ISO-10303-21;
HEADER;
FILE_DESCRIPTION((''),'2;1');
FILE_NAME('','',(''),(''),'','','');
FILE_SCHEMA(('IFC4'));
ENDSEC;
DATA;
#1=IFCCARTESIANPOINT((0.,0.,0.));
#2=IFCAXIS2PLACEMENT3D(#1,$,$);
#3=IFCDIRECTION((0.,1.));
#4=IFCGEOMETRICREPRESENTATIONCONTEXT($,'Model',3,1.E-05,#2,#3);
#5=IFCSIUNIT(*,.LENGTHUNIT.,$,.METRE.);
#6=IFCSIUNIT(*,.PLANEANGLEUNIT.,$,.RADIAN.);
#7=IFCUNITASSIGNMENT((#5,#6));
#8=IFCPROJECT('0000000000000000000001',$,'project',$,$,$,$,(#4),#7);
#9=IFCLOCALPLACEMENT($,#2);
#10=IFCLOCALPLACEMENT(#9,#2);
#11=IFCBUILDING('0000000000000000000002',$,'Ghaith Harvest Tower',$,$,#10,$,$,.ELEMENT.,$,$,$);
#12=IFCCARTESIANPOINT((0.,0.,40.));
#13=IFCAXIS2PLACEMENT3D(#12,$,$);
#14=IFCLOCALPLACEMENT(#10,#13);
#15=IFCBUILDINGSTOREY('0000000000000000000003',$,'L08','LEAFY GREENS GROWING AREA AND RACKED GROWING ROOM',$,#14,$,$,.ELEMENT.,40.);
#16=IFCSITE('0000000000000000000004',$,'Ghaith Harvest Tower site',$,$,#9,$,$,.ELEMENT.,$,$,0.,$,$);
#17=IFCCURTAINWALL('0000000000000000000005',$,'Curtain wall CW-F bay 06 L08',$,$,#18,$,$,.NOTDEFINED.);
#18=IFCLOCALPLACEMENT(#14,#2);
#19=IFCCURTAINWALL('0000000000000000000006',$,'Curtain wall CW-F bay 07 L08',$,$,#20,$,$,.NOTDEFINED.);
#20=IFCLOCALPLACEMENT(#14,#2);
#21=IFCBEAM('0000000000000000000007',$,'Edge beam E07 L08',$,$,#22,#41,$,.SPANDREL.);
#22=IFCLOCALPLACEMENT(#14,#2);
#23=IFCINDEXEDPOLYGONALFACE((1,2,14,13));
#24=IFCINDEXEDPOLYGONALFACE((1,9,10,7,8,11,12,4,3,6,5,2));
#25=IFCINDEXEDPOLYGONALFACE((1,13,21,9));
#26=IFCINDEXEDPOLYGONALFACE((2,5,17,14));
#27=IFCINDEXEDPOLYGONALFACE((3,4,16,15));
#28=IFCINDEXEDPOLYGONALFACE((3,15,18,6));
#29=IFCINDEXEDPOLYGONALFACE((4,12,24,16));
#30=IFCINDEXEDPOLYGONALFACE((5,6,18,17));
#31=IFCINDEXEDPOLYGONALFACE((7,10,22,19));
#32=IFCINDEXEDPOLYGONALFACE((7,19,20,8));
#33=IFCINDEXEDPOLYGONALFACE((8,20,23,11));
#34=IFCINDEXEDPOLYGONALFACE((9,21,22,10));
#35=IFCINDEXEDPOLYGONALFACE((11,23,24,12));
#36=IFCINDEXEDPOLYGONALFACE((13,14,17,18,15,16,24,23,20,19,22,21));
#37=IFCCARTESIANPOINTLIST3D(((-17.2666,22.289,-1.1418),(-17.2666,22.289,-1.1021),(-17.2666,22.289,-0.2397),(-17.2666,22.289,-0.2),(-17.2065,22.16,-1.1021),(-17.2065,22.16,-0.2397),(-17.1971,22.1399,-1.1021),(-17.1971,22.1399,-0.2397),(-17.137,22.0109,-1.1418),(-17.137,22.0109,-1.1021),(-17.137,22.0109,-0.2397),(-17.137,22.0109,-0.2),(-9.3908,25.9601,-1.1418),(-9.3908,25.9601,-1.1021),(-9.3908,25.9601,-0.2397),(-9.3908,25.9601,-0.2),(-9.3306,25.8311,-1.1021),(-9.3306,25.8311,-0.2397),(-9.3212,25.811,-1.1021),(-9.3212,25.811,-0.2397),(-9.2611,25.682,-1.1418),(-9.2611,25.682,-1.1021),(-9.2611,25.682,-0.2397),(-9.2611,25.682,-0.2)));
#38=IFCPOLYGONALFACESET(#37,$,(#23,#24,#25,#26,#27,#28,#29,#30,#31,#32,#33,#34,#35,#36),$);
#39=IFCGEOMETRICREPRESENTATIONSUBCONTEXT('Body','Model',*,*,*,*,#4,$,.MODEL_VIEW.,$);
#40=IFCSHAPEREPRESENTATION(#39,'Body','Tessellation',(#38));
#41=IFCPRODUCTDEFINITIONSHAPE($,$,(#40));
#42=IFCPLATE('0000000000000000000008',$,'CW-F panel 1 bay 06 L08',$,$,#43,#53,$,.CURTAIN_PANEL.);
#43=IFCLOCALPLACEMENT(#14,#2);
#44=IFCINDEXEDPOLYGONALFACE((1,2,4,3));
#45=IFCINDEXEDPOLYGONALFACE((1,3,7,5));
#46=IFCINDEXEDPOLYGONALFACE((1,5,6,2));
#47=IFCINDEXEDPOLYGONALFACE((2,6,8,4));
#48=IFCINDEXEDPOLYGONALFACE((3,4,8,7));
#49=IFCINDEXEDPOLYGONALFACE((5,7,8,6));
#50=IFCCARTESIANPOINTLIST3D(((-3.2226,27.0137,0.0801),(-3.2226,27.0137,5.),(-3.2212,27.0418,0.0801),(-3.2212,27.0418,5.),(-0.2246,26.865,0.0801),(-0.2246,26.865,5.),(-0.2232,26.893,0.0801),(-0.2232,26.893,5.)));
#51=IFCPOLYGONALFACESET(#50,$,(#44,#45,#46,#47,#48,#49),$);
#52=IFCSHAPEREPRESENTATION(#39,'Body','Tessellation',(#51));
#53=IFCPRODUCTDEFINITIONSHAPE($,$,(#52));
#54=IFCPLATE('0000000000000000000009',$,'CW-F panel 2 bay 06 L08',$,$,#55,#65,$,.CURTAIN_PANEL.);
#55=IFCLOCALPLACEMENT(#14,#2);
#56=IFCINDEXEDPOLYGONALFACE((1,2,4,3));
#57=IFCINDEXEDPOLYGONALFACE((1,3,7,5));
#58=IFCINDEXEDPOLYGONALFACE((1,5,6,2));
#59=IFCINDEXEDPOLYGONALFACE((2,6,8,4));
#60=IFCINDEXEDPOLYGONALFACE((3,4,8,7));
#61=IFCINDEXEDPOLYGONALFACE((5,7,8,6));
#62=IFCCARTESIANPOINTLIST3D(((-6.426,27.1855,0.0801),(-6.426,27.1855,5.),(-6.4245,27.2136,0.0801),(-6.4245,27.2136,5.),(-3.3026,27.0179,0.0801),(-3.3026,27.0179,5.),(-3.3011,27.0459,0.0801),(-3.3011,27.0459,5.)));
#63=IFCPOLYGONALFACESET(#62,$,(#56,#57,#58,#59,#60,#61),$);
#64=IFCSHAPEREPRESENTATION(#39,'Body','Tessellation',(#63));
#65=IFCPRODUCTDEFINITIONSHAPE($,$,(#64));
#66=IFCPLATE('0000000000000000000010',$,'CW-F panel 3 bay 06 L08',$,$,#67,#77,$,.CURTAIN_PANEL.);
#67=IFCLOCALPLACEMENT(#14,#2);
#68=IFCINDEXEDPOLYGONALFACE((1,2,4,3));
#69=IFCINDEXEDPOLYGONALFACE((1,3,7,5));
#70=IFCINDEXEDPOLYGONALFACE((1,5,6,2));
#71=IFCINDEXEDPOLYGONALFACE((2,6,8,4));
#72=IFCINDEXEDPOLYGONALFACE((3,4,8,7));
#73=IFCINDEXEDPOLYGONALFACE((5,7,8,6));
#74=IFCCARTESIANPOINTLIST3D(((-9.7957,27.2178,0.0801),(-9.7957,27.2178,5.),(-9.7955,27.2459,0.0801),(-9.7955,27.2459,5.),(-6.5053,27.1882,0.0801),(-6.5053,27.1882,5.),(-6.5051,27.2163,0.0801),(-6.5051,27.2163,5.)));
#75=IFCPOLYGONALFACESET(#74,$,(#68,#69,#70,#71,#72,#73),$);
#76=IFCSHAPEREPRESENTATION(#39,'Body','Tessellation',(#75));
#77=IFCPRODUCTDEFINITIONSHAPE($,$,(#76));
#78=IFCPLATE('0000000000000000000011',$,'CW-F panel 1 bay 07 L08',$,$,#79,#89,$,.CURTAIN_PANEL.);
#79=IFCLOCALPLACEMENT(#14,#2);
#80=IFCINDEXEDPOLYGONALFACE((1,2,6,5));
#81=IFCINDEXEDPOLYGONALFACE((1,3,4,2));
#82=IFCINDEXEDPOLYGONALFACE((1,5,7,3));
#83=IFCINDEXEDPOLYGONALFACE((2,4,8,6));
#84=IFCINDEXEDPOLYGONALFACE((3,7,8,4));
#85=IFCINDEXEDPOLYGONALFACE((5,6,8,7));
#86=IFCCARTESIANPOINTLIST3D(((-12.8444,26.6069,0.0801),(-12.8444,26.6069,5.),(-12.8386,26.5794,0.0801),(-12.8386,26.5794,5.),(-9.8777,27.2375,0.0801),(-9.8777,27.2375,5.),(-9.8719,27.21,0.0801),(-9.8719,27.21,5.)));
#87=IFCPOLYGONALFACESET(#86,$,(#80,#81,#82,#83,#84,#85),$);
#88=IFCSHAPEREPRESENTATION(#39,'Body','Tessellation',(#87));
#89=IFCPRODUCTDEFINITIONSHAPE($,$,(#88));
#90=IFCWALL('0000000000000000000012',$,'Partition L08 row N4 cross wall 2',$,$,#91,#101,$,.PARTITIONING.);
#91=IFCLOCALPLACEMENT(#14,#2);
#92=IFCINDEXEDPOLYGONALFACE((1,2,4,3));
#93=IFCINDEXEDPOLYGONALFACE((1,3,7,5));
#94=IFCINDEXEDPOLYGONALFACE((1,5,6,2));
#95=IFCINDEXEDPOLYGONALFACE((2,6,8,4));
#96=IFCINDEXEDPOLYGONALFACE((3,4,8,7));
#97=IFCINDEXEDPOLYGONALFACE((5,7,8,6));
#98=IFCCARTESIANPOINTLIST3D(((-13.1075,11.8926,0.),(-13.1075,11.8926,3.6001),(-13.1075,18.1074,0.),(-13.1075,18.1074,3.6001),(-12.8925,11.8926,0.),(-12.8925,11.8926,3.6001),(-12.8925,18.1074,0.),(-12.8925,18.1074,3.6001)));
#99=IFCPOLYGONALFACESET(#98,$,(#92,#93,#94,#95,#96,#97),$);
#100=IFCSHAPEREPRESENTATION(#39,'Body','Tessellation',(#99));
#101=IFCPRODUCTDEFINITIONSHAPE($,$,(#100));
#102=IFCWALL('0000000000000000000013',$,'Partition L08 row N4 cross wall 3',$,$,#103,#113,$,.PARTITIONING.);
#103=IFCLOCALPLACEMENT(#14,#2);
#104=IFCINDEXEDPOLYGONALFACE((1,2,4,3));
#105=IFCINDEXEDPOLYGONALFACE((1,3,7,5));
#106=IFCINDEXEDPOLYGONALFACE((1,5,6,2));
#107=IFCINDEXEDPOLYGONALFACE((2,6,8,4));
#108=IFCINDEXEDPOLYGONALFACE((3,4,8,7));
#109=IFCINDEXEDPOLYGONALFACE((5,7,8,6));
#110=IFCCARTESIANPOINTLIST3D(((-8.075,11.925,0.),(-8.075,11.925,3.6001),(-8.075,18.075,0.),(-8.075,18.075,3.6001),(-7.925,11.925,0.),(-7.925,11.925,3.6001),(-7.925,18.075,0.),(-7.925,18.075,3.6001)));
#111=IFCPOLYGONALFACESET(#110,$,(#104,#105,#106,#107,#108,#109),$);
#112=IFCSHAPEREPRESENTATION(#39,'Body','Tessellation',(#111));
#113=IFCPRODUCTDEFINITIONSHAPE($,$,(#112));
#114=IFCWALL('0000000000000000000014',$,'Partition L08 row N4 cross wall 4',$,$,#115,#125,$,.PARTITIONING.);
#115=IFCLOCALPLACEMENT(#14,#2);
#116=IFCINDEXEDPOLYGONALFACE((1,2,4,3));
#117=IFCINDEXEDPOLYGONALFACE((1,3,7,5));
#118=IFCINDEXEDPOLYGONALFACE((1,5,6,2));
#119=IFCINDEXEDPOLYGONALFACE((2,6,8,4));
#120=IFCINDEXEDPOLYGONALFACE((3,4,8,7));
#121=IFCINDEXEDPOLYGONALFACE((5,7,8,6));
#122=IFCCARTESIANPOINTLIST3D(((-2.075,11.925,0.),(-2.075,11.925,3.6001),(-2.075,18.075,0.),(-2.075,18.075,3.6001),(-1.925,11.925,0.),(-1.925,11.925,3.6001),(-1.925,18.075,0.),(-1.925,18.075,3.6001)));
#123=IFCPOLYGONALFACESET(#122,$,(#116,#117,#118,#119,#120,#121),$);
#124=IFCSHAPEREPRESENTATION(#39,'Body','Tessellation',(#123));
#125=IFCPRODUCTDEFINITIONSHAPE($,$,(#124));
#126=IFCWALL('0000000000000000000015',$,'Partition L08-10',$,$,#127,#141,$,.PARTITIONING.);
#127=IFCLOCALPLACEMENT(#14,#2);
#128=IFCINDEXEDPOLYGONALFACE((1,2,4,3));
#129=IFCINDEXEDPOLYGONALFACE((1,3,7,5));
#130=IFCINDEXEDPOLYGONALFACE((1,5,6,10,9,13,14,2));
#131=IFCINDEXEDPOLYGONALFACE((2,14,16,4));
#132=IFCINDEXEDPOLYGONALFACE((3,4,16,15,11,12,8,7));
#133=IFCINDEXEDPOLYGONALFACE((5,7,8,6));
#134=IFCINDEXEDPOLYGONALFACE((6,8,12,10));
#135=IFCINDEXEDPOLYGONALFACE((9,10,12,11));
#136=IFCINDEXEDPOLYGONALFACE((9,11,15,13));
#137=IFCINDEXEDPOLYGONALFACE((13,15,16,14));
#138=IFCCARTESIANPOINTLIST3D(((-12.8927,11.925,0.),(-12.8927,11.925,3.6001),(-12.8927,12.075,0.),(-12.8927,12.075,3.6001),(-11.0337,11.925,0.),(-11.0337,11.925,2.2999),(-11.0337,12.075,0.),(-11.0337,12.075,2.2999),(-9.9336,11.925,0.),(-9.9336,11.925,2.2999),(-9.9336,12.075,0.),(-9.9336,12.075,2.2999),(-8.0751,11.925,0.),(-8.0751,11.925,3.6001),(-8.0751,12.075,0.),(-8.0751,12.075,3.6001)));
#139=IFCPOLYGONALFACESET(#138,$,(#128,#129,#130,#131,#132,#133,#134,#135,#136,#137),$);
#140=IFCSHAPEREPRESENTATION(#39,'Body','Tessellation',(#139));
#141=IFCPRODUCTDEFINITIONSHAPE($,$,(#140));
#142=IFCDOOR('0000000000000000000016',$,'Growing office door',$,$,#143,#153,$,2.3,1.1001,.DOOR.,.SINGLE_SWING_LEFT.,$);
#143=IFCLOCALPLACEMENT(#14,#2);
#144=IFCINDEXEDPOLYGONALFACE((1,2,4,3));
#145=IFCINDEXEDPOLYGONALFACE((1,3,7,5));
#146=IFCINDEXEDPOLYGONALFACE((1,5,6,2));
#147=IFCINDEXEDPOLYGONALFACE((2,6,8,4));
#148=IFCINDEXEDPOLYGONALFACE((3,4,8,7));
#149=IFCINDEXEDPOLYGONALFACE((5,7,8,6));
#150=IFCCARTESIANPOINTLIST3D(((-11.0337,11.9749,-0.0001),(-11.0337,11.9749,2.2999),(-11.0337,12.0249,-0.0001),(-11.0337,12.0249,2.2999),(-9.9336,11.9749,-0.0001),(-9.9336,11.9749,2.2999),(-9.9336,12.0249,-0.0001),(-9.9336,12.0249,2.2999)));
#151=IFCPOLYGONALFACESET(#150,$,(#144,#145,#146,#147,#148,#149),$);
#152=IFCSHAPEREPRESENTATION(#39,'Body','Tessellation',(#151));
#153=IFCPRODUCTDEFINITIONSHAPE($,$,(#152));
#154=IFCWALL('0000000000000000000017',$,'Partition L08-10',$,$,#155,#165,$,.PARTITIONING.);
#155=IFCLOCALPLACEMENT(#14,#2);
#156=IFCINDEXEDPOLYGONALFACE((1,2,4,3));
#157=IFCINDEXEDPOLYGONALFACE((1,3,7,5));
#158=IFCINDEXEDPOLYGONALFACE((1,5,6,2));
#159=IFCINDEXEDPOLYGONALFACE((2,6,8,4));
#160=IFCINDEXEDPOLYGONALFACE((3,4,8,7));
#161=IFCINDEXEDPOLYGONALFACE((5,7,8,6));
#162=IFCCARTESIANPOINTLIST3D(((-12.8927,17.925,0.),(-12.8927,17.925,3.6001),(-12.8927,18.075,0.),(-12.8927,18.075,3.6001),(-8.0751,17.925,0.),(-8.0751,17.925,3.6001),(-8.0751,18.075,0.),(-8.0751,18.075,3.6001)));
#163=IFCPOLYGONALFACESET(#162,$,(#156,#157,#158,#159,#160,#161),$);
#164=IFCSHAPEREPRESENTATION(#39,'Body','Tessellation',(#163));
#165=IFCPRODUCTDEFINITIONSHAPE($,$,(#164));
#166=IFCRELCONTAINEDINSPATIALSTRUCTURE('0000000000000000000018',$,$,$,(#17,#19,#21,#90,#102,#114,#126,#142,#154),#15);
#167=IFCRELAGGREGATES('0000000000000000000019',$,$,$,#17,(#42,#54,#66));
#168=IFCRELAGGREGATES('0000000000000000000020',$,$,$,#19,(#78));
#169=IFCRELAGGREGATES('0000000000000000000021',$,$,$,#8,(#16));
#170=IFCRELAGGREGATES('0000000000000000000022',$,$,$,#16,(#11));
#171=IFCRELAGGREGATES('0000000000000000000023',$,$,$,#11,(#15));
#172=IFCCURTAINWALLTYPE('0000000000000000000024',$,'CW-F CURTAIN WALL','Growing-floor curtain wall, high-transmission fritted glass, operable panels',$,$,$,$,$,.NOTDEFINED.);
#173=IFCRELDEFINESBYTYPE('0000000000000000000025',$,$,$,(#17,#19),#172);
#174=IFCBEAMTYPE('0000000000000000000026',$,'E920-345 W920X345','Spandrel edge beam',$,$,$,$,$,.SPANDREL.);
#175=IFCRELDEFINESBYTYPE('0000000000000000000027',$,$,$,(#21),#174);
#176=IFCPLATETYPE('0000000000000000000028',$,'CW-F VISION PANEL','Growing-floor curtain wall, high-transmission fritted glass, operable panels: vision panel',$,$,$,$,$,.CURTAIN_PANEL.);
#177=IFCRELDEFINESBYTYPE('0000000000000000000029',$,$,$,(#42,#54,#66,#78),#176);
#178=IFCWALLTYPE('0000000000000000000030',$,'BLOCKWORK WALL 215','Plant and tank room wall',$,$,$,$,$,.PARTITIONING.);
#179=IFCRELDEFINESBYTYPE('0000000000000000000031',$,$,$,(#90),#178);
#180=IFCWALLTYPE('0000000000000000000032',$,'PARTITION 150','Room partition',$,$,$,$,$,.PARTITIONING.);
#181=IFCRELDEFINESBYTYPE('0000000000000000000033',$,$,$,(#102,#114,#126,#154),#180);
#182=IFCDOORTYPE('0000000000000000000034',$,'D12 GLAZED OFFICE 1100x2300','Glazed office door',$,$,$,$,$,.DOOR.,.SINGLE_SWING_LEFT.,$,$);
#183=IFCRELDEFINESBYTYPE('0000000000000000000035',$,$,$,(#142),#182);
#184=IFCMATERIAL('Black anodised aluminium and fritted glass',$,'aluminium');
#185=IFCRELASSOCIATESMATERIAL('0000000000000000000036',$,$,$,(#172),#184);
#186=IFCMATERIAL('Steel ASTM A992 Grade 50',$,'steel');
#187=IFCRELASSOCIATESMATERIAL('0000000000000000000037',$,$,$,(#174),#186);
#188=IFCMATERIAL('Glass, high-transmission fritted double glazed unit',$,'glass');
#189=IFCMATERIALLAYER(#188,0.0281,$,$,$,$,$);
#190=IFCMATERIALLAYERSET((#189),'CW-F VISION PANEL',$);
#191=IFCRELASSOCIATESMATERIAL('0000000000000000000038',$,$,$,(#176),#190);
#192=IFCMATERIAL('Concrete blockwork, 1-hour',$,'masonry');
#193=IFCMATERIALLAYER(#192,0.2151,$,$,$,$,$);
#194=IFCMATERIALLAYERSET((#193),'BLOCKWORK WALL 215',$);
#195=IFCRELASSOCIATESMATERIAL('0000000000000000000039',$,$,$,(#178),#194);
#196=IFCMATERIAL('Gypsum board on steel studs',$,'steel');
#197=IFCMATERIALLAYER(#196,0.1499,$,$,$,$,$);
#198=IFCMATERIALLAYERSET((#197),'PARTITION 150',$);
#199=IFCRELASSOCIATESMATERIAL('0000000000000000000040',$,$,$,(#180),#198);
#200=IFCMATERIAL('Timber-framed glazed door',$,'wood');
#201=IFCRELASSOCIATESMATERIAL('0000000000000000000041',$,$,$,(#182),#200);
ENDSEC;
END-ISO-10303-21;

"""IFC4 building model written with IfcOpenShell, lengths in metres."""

from ifc_helpers import new_model, si_unit, direction, frame, frame_2d, origin, origin_2d, place, context, subcontext, project, spatial, rectangle, i_section, extrude, material, layer, layer_set, material_profile, profile_set, type_object, element, fill, aggregate, save


model = new_model("IFC4")

# Units and contexts
model_context = context("Model", 3, precision=1e-05, world=origin(), true_north=direction((0.0, 1.0)))
body_context = subcontext(model_context, "Body", "Model", "MODEL_VIEW")
ifc_project = project(units=[si_unit("LENGTHUNIT", "METRE"), si_unit("PLANEANGLEUNIT", "RADIAN")], contexts=[model_context])

# Site, building, storey
site_placement = place(None, origin())
site = spatial("IfcSite", under=ifc_project, at=site_placement, Name="Ghaith Harvest Tower site", CompositionType="ELEMENT", RefElevation=0.0)
building_placement = place(site_placement, origin())
building = spatial("IfcBuilding", under=site, at=building_placement, Name="Ghaith Harvest Tower", CompositionType="ELEMENT")
storey_placement = place(building_placement, frame((0.0, 0.0, 40.0)))
storey = spatial("IfcBuildingStorey", under=building, at=storey_placement, Name="L08", Description="LEAFY GREENS GROWING AREA AND RACKED GROWING ROOM", CompositionType="ELEMENT", Elevation=40.0)

# Curtain walls
ifc_material_1 = material(Name="Black anodised aluminium and fritted glass", Category="aluminium")
curtain_wall_type = type_object("IfcCurtainWallType", Name="CW-F CURTAIN WALL", Description="Growing-floor curtain wall, high-transmission fritted glass, operable panels", PredefinedType="NOTDEFINED", material=ifc_material_1)
curtain_wall_1_placement = place(storey_placement, origin())
curtain_wall_1 = element("IfcCurtainWall", 1, at=curtain_wall_1_placement, inside=storey, type_object=curtain_wall_type, Name="Curtain wall CW-F bay 06 L08", PredefinedType="NOTDEFINED")
curtain_wall_2_placement = place(storey_placement, origin())
curtain_wall_2 = element("IfcCurtainWall", 2, at=curtain_wall_2_placement, inside=storey, type_object=curtain_wall_type, Name="Curtain wall CW-F bay 07 L08", PredefinedType="NOTDEFINED")

# Beam
ifc_material_2 = material(Name="Steel ASTM A992 Grade 50", Category="steel")
ifc_material_profile_1 = material_profile(ifc_material_2, i_section(OverallWidth=0.3069, OverallDepth=0.9419, WebThickness=0.0222, FlangeThickness=0.0398, at=origin_2d()), Name="W920X345")
ifc_profile_set_1 = profile_set([ifc_material_profile_1], Name="Steel ASTM A992 Grade 50")
beam_type = type_object("IfcBeamType", Name="E920-345 W920X345", Description="Spandrel edge beam", PredefinedType="SPANDREL", material=ifc_profile_set_1)
beam_1_placement = place(storey_placement, frame((-9.3259, 25.821, -0.6709), z_axis=(-0.906373, -0.422478, 0.0), x_axis=(0.422478, -0.906373, 0.0)))
element("IfcBeam", 3, at=beam_1_placement, inside=storey, type_object=beam_type, Name="Edge beam E07 L08", PredefinedType="SPANDREL", context=body_context, shape_type="SweptSolid", body=[
    extrude(i_section(OverallWidth=0.3069, OverallDepth=0.9419, WebThickness=0.0222, FlangeThickness=0.0398, at=origin_2d()), origin(), (0.0, 0.0, 1.0), 8.6895),
])

# Plates
ifc_material_3 = material(Name="Glass, high-transmission fritted double glazed unit", Category="glass")
ifc_layer_1 = layer(ifc_material_3, 0.0281)
ifc_layer_set_1 = layer_set([ifc_layer_1], Name="CW-F VISION PANEL")
plate_type = type_object("IfcPlateType", Name="CW-F VISION PANEL", Description="Growing-floor curtain wall, high-transmission fritted glass, operable panels: vision panel", PredefinedType="CURTAIN_PANEL", material=ifc_layer_set_1)
plate_1_placement = place(storey_placement, frame((-1.7229, 26.9534, 0.0801), z_axis=(0.0, 0.0, 1.0), x_axis=(-0.998771, 0.049554, 0.0)))
plate_1 = element("IfcPlate", 4, at=plate_1_placement, type_object=plate_type, Name="CW-F panel 1 bay 06 L08", PredefinedType="CURTAIN_PANEL", context=body_context, shape_type="SweptSolid", body=[
    extrude(rectangle(XDim=3.0017, YDim=0.0281, at=origin_2d()), origin(), (0.0, 0.0, 1.0), 4.9199),
])
plate_2_placement = place(storey_placement, frame((-4.8635, 27.1157, 0.0801), z_axis=(0.0, 0.0, 1.0), x_axis=(-0.998563, 0.0536, 0.0)))
plate_2 = element("IfcPlate", 5, at=plate_2_placement, type_object=plate_type, Name="CW-F panel 2 bay 06 L08", PredefinedType="CURTAIN_PANEL", context=body_context, shape_type="SweptSolid", body=[
    extrude(rectangle(XDim=3.1279, YDim=0.0281, at=origin_2d()), origin(), (0.0, 0.0, 1.0), 4.9199),
])
plate_3_placement = place(storey_placement, frame((-8.1504, 27.217, 0.0801), z_axis=(0.0, 0.0, 1.0), x_axis=(-0.99996, 0.008988, 0.0)))
plate_3 = element("IfcPlate", 6, at=plate_3_placement, type_object=plate_type, Name="CW-F panel 3 bay 06 L08", PredefinedType="CURTAIN_PANEL", context=body_context, shape_type="SweptSolid", body=[
    extrude(rectangle(XDim=3.2905, YDim=0.0281, at=origin_2d()), origin(), (0.0, 0.0, 1.0), 4.9199),
])
aggregate(curtain_wall_1, [plate_1, plate_2, plate_3])
plate_4_placement = place(storey_placement, frame((-11.3582, 26.9084, 0.0801), z_axis=(0.0, 0.0, 1.0), x_axis=(-0.978149, -0.207904, 0.0)))
plate_4 = element("IfcPlate", 7, at=plate_4_placement, type_object=plate_type, Name="CW-F panel 1 bay 07 L08", PredefinedType="CURTAIN_PANEL", context=body_context, shape_type="SweptSolid", body=[
    extrude(rectangle(XDim=3.033, YDim=0.0281, at=origin_2d()), origin(), (0.0, 0.0, 1.0), 4.9199),
])
aggregate(curtain_wall_2, [plate_4])

# Walls
ifc_material_4 = material(Name="Concrete blockwork, 1-hour", Category="masonry")
ifc_layer_2 = layer(ifc_material_4, 0.2151)
ifc_layer_set_2 = layer_set([ifc_layer_2], Name="BLOCKWORK WALL 215")
wall_type_1 = type_object("IfcWallType", Name="BLOCKWORK WALL 215", Description="Plant and tank room wall", PredefinedType="PARTITIONING", material=ifc_layer_set_2)
wall_1_placement = place(storey_placement, frame((-13.0, 11.8926, 0.0), z_axis=(0.0, 0.0, 1.0), x_axis=(0.0, 1.0, 0.0)))
element("IfcWall", 8, at=wall_1_placement, inside=storey, type_object=wall_type_1, Name="Partition L08 row N4 cross wall 2", PredefinedType="PARTITIONING", context=body_context, shape_type="SweptSolid", body=[
    extrude(rectangle(XDim=6.2148, YDim=0.2151, at=frame_2d((3.1074, 0.0))), origin(), (0.0, 0.0, 1.0), 3.6001),
])
ifc_material_5 = material(Name="Gypsum board on steel studs", Category="steel")
ifc_layer_3 = layer(ifc_material_5, 0.1499)
ifc_layer_set_3 = layer_set([ifc_layer_3], Name="PARTITION 150")
wall_type_2 = type_object("IfcWallType", Name="PARTITION 150", Description="Room partition", PredefinedType="PARTITIONING", material=ifc_layer_set_3)
for number, where, z_axis, x_axis, name in (
    (9, (-8.0, 11.925, 0.0), (0.0, 0.0, 1.0), (0.0, 1.0, 0.0), "Partition L08 row N4 cross wall 3"),
    (10, (-2.0, 11.925, 0.0), (0.0, 0.0, 1.0), (0.0, 1.0, 0.0), "Partition L08 row N4 cross wall 4"),
):
    element("IfcWall", number, at=place(storey_placement, frame(where, z_axis=z_axis, x_axis=x_axis)), inside=storey, type_object=wall_type_2, Name=name, PredefinedType="PARTITIONING", context=body_context, shape_type="SweptSolid", body=[
        extrude(rectangle(XDim=6.1499, YDim=0.1499, at=frame_2d((3.075, 0.0))), origin(), (0.0, 0.0, 1.0), 3.6001),
    ])

# Wall, opening, door
wall_2_placement = place(storey_placement, frame((-12.8926, 12.0, 0.0), z_axis=(0.0, 0.0, 1.0), x_axis=(1.0, 0.0, 0.0)))
wall_2 = element("IfcWall", 11, at=wall_2_placement, inside=storey, type_object=wall_type_2, Name="Partition L08-10", PredefinedType="PARTITIONING", context=body_context, shape_type="SweptSolid", body=[
    extrude(rectangle(XDim=4.8176, YDim=0.1499, at=frame_2d((2.4087, 0.0))), origin(), (0.0, 0.0, 1.0), 3.6001),
])
opening_1_placement = place(wall_2_placement, frame((1.8589, 0.0, 0.0)))
opening_1 = element("IfcOpeningElement", 12, at=opening_1_placement, cuts=wall_2, PredefinedType="OPENING", context=body_context, shape_type="SweptSolid", body=[
    extrude(rectangle(XDim=1.1001, YDim=2.3, at=frame_2d((0.55, 1.1499))), frame((0.0, 0.085, 0.0), z_axis=(0.0, -1.0, 0.0), x_axis=(1.0, 0.0, 0.0)), (0.0, 0.0, 1.0), 0.1699),
])
ifc_material_6 = material(Name="Timber-framed glazed door", Category="wood")
door_type_1 = type_object("IfcDoorType", Name="D12 GLAZED OFFICE 1100x2300", Description="Glazed office door", OperationType="SINGLE_SWING_LEFT", PredefinedType="DOOR", material=ifc_material_6)
door_1_placement = place(opening_1_placement, origin())
door_1 = element("IfcDoor", 13, at=door_1_placement, inside=storey, type_object=door_type_1, Name="Growing office door", OperationType="SINGLE_SWING_LEFT", OverallHeight=2.3, OverallWidth=1.1001, PredefinedType="DOOR", context=body_context, shape_type="SweptSolid", body=[
    extrude(rectangle(XDim=1.1001, YDim=2.3, at=frame_2d((0.55, 1.1499))), frame((0.0, 0.0249, 0.0), z_axis=(0.0, -1.0, 0.0), x_axis=(1.0, 0.0, 0.0)), (0.0, 0.0, 1.0), 0.05),
])
fill(opening_1, door_1)

# Wall
wall_3_placement = place(storey_placement, frame((-12.8926, 18.0, 0.0), z_axis=(0.0, 0.0, 1.0), x_axis=(1.0, 0.0, 0.0)))
element("IfcWall", 14, at=wall_3_placement, inside=storey, type_object=wall_type_2, Name="Partition L08-10", PredefinedType="PARTITIONING", context=body_context, shape_type="SweptSolid", body=[
    extrude(rectangle(XDim=4.8176, YDim=0.1499, at=frame_2d((2.4087, 0.0))), origin(), (0.0, 0.0, 1.0), 3.6001),
])

save(model, "model.ifc")
